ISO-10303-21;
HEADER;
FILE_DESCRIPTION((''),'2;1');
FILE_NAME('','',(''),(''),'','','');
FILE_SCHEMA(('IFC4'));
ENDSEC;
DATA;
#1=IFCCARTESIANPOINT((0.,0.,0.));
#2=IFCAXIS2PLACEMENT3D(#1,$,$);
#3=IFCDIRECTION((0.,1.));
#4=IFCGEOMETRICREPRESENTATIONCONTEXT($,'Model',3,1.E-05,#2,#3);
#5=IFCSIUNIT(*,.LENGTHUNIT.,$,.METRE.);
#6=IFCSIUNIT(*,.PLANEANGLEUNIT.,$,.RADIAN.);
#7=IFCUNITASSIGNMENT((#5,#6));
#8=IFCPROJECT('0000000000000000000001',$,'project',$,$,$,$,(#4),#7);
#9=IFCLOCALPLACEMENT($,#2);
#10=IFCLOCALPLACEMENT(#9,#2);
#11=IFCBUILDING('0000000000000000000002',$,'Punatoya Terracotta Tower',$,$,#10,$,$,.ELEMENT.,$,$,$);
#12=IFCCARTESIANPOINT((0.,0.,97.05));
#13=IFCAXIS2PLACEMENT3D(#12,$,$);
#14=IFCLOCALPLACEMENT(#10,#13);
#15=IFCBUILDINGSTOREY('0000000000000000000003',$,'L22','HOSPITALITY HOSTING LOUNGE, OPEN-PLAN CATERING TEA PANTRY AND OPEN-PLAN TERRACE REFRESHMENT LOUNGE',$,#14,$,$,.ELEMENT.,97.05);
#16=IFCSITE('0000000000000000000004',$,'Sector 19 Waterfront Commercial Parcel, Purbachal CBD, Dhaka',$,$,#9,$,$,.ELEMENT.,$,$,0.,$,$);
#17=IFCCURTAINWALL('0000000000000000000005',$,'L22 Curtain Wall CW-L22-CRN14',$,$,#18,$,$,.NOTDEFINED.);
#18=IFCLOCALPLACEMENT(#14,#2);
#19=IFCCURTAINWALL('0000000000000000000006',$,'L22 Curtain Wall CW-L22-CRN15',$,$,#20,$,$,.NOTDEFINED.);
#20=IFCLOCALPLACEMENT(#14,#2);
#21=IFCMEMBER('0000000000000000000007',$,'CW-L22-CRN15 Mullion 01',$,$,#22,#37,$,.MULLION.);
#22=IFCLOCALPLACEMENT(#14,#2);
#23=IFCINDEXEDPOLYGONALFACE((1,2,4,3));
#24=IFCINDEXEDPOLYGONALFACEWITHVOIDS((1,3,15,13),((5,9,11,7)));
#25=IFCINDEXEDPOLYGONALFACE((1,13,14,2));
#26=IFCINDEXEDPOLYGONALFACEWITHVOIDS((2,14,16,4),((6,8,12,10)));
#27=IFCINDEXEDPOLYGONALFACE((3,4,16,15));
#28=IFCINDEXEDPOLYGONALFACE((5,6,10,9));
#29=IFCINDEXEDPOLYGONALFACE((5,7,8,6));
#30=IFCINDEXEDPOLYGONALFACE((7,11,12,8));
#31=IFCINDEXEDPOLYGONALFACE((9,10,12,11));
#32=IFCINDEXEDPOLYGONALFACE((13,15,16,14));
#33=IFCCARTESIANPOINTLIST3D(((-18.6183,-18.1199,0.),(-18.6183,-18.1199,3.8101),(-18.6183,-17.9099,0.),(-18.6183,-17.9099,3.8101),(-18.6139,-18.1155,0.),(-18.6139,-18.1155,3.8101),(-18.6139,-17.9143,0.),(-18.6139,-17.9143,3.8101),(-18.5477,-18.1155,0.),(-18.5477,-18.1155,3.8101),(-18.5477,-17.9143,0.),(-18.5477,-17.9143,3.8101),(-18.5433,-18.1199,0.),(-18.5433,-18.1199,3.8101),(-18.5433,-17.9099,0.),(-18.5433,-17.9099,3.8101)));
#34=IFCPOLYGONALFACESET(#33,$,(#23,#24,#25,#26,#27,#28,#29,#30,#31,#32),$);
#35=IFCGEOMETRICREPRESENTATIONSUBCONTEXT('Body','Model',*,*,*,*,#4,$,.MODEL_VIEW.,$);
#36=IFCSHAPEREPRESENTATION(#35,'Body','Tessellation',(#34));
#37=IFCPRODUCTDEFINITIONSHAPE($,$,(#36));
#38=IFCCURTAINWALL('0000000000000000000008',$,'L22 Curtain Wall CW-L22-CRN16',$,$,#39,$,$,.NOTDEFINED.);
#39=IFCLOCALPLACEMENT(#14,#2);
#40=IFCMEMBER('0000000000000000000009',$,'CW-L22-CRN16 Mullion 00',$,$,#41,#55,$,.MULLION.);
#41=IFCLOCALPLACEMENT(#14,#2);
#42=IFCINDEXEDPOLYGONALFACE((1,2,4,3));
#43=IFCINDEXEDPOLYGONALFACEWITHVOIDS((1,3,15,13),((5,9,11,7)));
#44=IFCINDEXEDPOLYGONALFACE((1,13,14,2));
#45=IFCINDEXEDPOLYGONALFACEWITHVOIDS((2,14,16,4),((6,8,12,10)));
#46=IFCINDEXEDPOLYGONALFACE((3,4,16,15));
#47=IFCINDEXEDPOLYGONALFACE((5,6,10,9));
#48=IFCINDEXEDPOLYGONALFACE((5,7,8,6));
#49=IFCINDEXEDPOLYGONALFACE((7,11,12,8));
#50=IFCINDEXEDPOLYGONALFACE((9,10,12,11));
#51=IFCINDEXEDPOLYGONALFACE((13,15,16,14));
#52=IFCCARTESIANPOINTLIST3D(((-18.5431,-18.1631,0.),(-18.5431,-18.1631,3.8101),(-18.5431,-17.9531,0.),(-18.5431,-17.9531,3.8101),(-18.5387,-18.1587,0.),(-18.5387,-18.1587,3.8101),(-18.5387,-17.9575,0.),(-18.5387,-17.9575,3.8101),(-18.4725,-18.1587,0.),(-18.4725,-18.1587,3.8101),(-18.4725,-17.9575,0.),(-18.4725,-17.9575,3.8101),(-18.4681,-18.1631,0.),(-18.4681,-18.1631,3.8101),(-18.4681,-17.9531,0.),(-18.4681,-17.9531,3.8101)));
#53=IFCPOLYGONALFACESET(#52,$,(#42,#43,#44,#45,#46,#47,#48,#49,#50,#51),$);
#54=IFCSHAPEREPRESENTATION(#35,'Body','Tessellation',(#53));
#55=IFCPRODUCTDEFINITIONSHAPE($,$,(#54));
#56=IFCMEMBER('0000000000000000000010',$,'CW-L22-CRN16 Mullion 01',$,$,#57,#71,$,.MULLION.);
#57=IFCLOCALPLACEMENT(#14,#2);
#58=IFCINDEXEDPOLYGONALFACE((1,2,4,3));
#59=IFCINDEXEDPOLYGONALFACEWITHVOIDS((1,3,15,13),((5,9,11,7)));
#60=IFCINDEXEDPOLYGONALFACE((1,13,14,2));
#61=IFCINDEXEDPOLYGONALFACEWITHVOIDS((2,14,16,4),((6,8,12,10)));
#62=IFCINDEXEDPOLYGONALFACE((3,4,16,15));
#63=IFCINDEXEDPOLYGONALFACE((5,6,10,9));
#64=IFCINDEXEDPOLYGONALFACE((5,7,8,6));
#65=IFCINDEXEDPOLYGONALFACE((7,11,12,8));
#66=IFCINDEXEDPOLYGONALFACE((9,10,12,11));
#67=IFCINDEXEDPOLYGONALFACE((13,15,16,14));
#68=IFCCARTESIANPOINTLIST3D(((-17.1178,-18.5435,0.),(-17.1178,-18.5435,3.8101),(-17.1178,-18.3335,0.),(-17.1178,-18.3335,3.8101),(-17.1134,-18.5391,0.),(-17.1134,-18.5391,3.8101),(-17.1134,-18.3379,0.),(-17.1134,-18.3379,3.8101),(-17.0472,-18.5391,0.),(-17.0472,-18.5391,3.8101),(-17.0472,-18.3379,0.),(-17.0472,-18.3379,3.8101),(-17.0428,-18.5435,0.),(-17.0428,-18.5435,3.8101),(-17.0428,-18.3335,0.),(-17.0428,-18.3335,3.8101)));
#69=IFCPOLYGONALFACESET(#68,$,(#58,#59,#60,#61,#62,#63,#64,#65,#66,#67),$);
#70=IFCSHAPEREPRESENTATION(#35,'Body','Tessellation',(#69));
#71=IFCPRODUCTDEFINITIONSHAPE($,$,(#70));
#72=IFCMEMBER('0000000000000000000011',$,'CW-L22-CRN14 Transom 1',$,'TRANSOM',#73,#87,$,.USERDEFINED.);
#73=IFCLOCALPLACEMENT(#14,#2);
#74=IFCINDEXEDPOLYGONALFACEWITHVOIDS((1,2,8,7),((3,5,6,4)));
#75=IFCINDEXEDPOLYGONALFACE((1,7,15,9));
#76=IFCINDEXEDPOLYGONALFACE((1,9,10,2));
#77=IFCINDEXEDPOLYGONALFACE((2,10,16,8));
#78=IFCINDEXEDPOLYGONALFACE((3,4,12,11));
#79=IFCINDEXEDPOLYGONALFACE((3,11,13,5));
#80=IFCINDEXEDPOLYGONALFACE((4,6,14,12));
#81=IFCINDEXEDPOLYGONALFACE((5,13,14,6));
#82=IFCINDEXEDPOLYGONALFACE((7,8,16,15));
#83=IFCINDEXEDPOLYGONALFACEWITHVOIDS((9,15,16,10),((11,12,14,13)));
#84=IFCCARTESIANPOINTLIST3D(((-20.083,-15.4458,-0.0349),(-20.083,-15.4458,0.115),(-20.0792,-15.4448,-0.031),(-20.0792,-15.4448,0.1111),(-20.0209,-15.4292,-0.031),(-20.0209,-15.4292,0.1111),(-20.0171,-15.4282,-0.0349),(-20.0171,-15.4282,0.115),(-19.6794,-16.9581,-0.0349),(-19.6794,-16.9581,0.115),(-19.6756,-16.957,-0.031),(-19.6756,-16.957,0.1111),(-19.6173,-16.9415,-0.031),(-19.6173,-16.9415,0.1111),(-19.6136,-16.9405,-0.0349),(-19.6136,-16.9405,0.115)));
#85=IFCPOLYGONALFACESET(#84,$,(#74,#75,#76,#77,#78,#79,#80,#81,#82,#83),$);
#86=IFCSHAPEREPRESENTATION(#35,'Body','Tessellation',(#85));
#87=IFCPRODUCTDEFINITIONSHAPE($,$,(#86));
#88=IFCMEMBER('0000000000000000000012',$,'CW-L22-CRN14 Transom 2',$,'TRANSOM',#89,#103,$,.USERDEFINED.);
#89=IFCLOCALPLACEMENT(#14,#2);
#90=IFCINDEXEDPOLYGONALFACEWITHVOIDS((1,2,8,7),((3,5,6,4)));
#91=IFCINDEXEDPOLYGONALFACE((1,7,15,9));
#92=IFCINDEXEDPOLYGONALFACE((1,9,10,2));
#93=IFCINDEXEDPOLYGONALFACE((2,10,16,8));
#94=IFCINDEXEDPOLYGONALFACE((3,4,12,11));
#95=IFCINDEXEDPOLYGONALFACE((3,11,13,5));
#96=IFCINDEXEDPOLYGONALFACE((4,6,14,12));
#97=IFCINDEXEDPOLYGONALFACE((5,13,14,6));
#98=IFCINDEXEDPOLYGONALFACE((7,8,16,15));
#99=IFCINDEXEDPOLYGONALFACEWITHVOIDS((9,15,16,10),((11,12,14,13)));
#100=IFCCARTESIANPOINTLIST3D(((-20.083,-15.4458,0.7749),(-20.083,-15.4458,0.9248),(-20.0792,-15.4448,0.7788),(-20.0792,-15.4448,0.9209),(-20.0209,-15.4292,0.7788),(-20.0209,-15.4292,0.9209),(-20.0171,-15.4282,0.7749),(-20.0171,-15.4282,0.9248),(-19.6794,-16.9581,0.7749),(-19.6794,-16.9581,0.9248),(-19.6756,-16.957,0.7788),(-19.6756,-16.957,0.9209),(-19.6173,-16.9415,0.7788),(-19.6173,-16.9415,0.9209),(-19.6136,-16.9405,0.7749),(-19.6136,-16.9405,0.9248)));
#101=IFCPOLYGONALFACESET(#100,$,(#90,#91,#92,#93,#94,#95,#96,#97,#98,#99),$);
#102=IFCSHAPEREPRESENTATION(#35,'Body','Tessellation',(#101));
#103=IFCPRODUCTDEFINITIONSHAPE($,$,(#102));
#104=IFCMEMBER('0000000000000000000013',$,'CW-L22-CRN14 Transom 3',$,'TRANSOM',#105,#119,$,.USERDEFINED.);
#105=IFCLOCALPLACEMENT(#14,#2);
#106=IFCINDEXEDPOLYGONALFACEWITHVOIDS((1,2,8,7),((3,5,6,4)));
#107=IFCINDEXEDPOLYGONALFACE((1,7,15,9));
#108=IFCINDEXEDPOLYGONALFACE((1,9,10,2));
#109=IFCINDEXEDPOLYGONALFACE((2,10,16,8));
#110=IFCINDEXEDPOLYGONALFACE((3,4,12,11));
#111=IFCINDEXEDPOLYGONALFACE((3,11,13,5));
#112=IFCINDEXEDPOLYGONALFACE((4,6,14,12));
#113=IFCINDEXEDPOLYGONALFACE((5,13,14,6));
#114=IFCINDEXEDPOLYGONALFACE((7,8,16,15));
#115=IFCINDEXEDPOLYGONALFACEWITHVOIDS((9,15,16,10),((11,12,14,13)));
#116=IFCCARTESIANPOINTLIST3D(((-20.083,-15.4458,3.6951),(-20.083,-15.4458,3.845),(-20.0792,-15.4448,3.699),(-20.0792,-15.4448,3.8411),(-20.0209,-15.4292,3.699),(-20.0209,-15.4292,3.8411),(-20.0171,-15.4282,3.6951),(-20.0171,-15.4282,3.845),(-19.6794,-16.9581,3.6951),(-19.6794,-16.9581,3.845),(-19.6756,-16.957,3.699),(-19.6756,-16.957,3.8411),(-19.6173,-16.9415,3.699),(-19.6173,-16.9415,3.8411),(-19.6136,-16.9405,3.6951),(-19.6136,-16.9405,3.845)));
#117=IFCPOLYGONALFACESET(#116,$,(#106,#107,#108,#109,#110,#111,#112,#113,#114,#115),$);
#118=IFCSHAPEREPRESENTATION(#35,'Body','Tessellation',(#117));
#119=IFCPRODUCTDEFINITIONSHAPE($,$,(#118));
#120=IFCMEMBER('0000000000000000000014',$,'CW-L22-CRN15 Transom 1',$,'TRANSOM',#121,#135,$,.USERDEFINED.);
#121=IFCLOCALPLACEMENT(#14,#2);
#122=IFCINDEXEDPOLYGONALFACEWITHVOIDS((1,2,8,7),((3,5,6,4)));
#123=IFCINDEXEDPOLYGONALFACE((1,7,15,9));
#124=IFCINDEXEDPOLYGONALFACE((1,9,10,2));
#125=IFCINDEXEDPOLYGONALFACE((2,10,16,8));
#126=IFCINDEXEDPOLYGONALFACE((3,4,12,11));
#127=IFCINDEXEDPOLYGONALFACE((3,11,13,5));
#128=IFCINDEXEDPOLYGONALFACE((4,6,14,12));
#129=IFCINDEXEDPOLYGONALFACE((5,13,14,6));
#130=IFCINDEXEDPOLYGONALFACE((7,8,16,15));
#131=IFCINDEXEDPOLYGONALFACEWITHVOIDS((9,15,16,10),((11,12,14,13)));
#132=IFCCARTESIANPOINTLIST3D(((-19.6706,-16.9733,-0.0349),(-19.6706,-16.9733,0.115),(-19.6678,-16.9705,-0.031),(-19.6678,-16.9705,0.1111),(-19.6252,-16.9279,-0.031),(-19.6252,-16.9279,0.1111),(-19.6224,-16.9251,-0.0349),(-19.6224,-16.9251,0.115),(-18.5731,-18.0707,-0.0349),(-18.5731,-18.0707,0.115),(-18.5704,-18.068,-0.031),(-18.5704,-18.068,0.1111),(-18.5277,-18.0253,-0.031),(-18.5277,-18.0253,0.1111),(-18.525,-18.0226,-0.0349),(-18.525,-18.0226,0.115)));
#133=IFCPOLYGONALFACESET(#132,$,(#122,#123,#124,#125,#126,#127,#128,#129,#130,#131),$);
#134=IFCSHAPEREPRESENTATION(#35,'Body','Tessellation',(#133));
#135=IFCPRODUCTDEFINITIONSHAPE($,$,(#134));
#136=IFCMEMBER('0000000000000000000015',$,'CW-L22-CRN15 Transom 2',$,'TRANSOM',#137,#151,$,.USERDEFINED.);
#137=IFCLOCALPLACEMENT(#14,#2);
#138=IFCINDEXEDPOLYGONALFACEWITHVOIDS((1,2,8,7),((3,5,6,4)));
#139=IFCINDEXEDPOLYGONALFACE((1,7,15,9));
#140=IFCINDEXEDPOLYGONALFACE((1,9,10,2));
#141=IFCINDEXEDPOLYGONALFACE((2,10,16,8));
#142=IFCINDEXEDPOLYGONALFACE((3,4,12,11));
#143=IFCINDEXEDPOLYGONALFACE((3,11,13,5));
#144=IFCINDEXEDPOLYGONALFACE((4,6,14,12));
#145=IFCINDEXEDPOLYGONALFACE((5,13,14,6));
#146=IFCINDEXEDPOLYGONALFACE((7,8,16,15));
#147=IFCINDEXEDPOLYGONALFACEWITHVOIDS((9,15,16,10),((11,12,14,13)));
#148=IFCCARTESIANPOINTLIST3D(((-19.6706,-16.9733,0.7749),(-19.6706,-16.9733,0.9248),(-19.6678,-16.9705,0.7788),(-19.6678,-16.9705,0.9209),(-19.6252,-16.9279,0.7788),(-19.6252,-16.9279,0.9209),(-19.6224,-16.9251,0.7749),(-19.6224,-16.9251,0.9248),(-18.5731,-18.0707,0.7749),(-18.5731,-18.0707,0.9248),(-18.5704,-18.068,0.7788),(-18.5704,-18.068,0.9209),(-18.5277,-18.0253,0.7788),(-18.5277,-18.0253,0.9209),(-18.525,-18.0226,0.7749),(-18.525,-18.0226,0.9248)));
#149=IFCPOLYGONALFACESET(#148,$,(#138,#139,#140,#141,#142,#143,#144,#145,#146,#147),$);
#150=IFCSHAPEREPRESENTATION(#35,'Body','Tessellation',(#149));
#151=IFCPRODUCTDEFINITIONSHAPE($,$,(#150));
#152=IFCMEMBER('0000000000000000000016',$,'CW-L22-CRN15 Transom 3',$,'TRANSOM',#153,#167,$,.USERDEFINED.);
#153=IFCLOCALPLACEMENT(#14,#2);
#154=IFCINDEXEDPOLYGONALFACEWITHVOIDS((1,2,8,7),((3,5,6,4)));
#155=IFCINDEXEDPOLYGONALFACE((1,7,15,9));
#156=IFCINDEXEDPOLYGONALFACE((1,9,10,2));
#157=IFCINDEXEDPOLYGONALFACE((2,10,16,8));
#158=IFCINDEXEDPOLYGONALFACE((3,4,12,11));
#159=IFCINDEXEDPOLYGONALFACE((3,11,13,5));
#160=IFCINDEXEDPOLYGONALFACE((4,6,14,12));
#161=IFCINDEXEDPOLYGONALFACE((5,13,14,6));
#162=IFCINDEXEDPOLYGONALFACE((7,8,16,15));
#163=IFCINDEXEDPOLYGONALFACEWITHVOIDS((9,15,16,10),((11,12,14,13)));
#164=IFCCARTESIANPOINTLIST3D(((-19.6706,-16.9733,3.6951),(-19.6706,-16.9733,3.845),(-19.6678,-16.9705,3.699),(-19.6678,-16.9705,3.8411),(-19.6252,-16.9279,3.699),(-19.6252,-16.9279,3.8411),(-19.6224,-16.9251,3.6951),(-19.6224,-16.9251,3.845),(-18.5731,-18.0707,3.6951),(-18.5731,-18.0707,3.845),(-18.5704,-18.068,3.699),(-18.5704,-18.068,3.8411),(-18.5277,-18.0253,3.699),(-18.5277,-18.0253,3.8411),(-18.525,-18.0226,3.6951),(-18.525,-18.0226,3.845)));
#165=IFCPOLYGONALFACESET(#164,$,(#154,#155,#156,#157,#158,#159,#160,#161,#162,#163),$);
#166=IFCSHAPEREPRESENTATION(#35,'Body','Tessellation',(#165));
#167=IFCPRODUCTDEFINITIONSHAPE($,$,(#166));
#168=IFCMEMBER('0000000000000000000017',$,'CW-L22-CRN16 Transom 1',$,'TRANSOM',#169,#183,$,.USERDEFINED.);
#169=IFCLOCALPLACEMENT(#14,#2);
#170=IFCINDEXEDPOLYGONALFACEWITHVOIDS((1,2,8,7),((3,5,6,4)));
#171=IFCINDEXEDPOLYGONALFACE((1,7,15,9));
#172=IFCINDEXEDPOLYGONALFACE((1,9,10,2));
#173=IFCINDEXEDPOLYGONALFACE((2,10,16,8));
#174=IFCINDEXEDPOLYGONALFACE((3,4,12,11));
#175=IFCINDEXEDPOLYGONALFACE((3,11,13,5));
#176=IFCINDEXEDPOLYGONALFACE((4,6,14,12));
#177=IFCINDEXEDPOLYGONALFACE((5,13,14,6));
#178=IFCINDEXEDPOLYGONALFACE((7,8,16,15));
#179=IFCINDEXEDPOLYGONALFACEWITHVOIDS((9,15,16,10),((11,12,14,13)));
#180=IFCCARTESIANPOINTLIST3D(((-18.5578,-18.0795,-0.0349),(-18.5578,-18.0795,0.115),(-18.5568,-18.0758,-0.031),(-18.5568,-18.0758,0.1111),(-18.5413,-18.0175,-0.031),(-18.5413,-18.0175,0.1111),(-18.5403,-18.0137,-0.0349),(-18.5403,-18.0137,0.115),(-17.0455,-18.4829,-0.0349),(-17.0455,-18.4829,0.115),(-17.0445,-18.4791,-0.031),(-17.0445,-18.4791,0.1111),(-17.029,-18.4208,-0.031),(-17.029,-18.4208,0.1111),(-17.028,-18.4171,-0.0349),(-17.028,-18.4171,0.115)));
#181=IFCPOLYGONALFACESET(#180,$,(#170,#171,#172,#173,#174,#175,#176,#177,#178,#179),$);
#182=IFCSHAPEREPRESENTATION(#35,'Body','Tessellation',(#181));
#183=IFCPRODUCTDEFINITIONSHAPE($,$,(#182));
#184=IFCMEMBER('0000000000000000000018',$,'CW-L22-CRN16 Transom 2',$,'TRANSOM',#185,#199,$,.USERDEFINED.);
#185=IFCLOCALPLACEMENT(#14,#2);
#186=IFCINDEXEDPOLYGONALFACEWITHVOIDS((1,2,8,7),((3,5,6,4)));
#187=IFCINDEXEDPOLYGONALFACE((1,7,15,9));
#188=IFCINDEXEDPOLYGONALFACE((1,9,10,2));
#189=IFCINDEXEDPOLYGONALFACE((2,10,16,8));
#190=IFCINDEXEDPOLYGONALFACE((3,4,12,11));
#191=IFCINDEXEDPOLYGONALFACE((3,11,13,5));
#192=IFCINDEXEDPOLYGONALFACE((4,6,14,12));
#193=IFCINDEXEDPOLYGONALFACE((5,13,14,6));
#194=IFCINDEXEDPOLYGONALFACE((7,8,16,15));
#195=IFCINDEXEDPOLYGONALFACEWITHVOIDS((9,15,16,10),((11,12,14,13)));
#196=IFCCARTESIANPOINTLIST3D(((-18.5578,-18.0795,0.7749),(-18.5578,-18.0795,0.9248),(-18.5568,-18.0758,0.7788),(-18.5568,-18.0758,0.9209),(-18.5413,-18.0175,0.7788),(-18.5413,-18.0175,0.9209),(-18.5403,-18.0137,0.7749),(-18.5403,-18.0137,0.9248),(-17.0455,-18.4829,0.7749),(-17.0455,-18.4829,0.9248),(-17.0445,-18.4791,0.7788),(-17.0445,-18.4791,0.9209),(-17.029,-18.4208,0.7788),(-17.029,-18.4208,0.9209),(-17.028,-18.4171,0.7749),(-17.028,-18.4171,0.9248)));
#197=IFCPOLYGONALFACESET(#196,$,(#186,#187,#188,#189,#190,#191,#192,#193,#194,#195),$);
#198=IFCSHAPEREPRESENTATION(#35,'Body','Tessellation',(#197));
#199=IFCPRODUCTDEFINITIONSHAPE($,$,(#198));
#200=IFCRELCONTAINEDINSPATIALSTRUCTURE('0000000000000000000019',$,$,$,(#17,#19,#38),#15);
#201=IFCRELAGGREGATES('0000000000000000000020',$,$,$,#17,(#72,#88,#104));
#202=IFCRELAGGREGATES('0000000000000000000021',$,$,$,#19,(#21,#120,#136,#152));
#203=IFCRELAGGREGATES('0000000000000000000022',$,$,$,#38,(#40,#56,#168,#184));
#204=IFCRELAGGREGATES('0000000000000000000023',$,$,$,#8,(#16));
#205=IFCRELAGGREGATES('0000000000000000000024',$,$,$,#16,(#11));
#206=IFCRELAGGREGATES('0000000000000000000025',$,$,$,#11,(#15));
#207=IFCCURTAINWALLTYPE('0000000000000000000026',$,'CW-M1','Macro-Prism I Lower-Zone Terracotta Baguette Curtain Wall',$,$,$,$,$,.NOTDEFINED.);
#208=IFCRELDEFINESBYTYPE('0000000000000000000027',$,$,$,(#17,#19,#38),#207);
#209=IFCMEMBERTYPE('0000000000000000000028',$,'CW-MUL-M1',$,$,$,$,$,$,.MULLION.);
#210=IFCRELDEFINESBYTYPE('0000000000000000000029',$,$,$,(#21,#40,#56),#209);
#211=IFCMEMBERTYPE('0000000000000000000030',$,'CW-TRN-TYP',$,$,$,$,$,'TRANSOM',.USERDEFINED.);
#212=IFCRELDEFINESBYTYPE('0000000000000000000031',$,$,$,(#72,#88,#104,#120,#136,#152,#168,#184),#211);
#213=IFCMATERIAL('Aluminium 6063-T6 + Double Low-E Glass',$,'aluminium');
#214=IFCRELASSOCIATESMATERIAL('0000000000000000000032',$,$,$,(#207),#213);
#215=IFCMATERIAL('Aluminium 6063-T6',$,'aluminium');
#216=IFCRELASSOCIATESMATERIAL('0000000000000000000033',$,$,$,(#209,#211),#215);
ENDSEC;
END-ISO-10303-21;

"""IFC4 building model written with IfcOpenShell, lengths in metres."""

from ifc_helpers import new_model, si_unit, direction, frame, origin, origin_2d, place, context, subcontext, project, spatial, hollow_rectangle, extrude, material, material_profile, profile_set, type_object, element, aggregate, save


model = new_model("IFC4")

# Units and contexts
model_context = context("Model", 3, precision=1e-05, world=origin(), true_north=direction((0.0, 1.0)))
body_context = subcontext(model_context, "Body", "Model", "MODEL_VIEW")
ifc_project = project(units=[si_unit("LENGTHUNIT", "METRE"), si_unit("PLANEANGLEUNIT", "RADIAN")], contexts=[model_context])

# Site, building, storey
site_placement = place(None, origin())
site = spatial("IfcSite", under=ifc_project, at=site_placement, Name="Sector 19 Waterfront Commercial Parcel, Purbachal CBD, Dhaka", CompositionType="ELEMENT", RefElevation=0.0)
building_placement = place(site_placement, origin())
building = spatial("IfcBuilding", under=site, at=building_placement, Name="Punatoya Terracotta Tower", CompositionType="ELEMENT")
storey_placement = place(building_placement, frame((0.0, 0.0, 97.05)))
storey = spatial("IfcBuildingStorey", under=building, at=storey_placement, Name="L22", Description="HOSPITALITY HOSTING LOUNGE, OPEN-PLAN CATERING TEA PANTRY AND OPEN-PLAN TERRACE REFRESHMENT LOUNGE", CompositionType="ELEMENT", Elevation=97.05)

# Shared definitions
ifc_material_1 = material(Name="Aluminium 6063-T6 + Double Low-E Glass", Category="aluminium")
curtain_wall_type = type_object("IfcCurtainWallType", Name="CW-M1", Description="Macro-Prism I Lower-Zone Terracotta Baguette Curtain Wall", PredefinedType="NOTDEFINED", material=ifc_material_1)
ifc_material_2 = material(Name="Aluminium 6063-T6", Category="aluminium")
ifc_material_profile_1 = material_profile(ifc_material_2, hollow_rectangle(XDim=0.075, YDim=0.21, WallThickness=0.0044, at=origin_2d()))
ifc_profile_set_1 = profile_set([ifc_material_profile_1], Name="Aluminium 6063-T6")
member_type_1 = type_object("IfcMemberType", Name="CW-MUL-M1", PredefinedType="MULLION", material=ifc_profile_set_1)

# Curtain walls, members
curtain_wall_1_placement = place(storey_placement, origin())
curtain_wall_1 = element("IfcCurtainWall", 1, at=curtain_wall_1_placement, inside=storey, type_object=curtain_wall_type, Name="L22 Curtain Wall CW-L22-CRN14", PredefinedType="NOTDEFINED")
curtain_wall_2_placement = place(storey_placement, origin())
curtain_wall_2 = element("IfcCurtainWall", 2, at=curtain_wall_2_placement, inside=storey, type_object=curtain_wall_type, Name="L22 Curtain Wall CW-L22-CRN15", PredefinedType="NOTDEFINED")
member_1_placement = place(storey_placement, frame((-18.5808, -18.0149, 0.0), z_axis=(0.0, 0.0, 1.0), x_axis=(1.0, 0.0, 0.0)))
member_1 = element("IfcMember", 3, at=member_1_placement, type_object=member_type_1, Name="CW-L22-CRN15 Mullion 01", PredefinedType="MULLION", context=body_context, shape_type="SweptSolid", body=[
    extrude(hollow_rectangle(XDim=0.075, YDim=0.21, WallThickness=0.0044, at=origin_2d()), origin(), (0.0, 0.0, 1.0), 3.8101),
])
curtain_wall_3_placement = place(storey_placement, origin())
curtain_wall_3 = element("IfcCurtainWall", 4, at=curtain_wall_3_placement, inside=storey, type_object=curtain_wall_type, Name="L22 Curtain Wall CW-L22-CRN16", PredefinedType="NOTDEFINED")
member_2_placement = place(storey_placement, frame((-18.5056, -18.0581, 0.0), z_axis=(0.0, 0.0, 1.0), x_axis=(1.0, 0.0, 0.0)))
member_2 = element("IfcMember", 5, at=member_2_placement, type_object=member_type_1, Name="CW-L22-CRN16 Mullion 00", PredefinedType="MULLION", context=body_context, shape_type="SweptSolid", body=[
    extrude(hollow_rectangle(XDim=0.075, YDim=0.21, WallThickness=0.0044, at=origin_2d()), origin(), (0.0, 0.0, 1.0), 3.8101),
])
member_3_placement = place(storey_placement, frame((-17.0803, -18.4385, 0.0), z_axis=(0.0, 0.0, 1.0), x_axis=(1.0, 0.0, 0.0)))
member_3 = element("IfcMember", 6, at=member_3_placement, type_object=member_type_1, Name="CW-L22-CRN16 Mullion 01", PredefinedType="MULLION", context=body_context, shape_type="SweptSolid", body=[
    extrude(hollow_rectangle(XDim=0.075, YDim=0.21, WallThickness=0.0044, at=origin_2d()), origin(), (0.0, 0.0, 1.0), 3.8101),
])

# Members
ifc_material_profile_2 = material_profile(ifc_material_2, hollow_rectangle(XDim=0.0681, YDim=0.1499, WallThickness=0.0039, at=origin_2d()))
ifc_profile_set_2 = profile_set([ifc_material_profile_2], Name="Aluminium 6063-T6")
member_type_2 = type_object("IfcMemberType", Name="CW-TRN-TYP", ElementType="TRANSOM", PredefinedType="USERDEFINED", material=ifc_profile_set_2)
member_4_placement = place(storey_placement, frame((-20.05, -15.437, 0.04), z_axis=(0.257847, -0.966186, 0.0), x_axis=(0.966186, 0.257847, 0.0)))
member_4 = element("IfcMember", 7, at=member_4_placement, type_object=member_type_2, Name="CW-L22-CRN14 Transom 1", ObjectType="TRANSOM", PredefinedType="USERDEFINED", context=body_context, shape_type="SweptSolid", body=[
    extrude(hollow_rectangle(XDim=0.0681, YDim=0.1499, WallThickness=0.0039, at=origin_2d()), origin(), (0.0, 0.0, 1.0), 1.5652),
])
member_5_placement = place(storey_placement, frame((-20.05, -15.437, 0.8499), z_axis=(0.257847, -0.966186, 0.0), x_axis=(0.966186, 0.257847, 0.0)))
member_5 = element("IfcMember", 8, at=member_5_placement, type_object=member_type_2, Name="CW-L22-CRN14 Transom 2", ObjectType="TRANSOM", PredefinedType="USERDEFINED", context=body_context, shape_type="SweptSolid", body=[
    extrude(hollow_rectangle(XDim=0.0681, YDim=0.1499, WallThickness=0.0039, at=origin_2d()), origin(), (0.0, 0.0, 1.0), 1.5652),
])
member_6_placement = place(storey_placement, frame((-20.05, -15.437, 3.77), z_axis=(0.257847, -0.966186, 0.0), x_axis=(0.966186, 0.257847, 0.0)))
member_6 = element("IfcMember", 9, at=member_6_placement, type_object=member_type_2, Name="CW-L22-CRN14 Transom 3", ObjectType="TRANSOM", PredefinedType="USERDEFINED", context=body_context, shape_type="SweptSolid", body=[
    extrude(hollow_rectangle(XDim=0.0681, YDim=0.1499, WallThickness=0.0039, at=origin_2d()), origin(), (0.0, 0.0, 1.0), 1.5652),
])
member_7_placement = place(storey_placement, frame((-19.6465, -16.9492, 0.04), z_axis=(0.707107, -0.707107, 0.0), x_axis=(0.707107, 0.707107, 0.0)))
member_7 = element("IfcMember", 10, at=member_7_placement, type_object=member_type_2, Name="CW-L22-CRN15 Transom 1", ObjectType="TRANSOM", PredefinedType="USERDEFINED", context=body_context, shape_type="SweptSolid", body=[
    extrude(hollow_rectangle(XDim=0.0681, YDim=0.1499, WallThickness=0.0039, at=origin_2d()), origin(), (0.0, 0.0, 1.0), 1.552),
])
member_8_placement = place(storey_placement, frame((-19.6465, -16.9492, 0.8499), z_axis=(0.707107, -0.707107, 0.0), x_axis=(0.707107, 0.707107, 0.0)))
member_8 = element("IfcMember", 11, at=member_8_placement, type_object=member_type_2, Name="CW-L22-CRN15 Transom 2", ObjectType="TRANSOM", PredefinedType="USERDEFINED", context=body_context, shape_type="SweptSolid", body=[
    extrude(hollow_rectangle(XDim=0.0681, YDim=0.1499, WallThickness=0.0039, at=origin_2d()), origin(), (0.0, 0.0, 1.0), 1.552),
])
member_9_placement = place(storey_placement, frame((-19.6465, -16.9492, 3.77), z_axis=(0.707107, -0.707107, 0.0), x_axis=(0.707107, 0.707107, 0.0)))
member_9 = element("IfcMember", 12, at=member_9_placement, type_object=member_type_2, Name="CW-L22-CRN15 Transom 3", ObjectType="TRANSOM", PredefinedType="USERDEFINED", context=body_context, shape_type="SweptSolid", body=[
    extrude(hollow_rectangle(XDim=0.0681, YDim=0.1499, WallThickness=0.0039, at=origin_2d()), origin(), (0.0, 0.0, 1.0), 1.552),
])
member_10_placement = place(storey_placement, frame((-18.5491, -18.0466, 0.04), z_axis=(0.966225, -0.257701, 0.0), x_axis=(0.257701, 0.966225, 0.0)))
member_10 = element("IfcMember", 13, at=member_10_placement, type_object=member_type_2, Name="CW-L22-CRN16 Transom 1", ObjectType="TRANSOM", PredefinedType="USERDEFINED", context=body_context, shape_type="SweptSolid", body=[
    extrude(hollow_rectangle(XDim=0.0681, YDim=0.1499, WallThickness=0.0039, at=origin_2d()), origin(), (0.0, 0.0, 1.0), 1.5652),
])
member_11_placement = place(storey_placement, frame((-18.5491, -18.0466, 0.8499), z_axis=(0.966225, -0.257701, 0.0), x_axis=(0.257701, 0.966225, 0.0)))
member_11 = element("IfcMember", 14, at=member_11_placement, type_object=member_type_2, Name="CW-L22-CRN16 Transom 2", ObjectType="TRANSOM", PredefinedType="USERDEFINED", context=body_context, shape_type="SweptSolid", body=[
    extrude(hollow_rectangle(XDim=0.0681, YDim=0.1499, WallThickness=0.0039, at=origin_2d()), origin(), (0.0, 0.0, 1.0), 1.5652),
])

aggregate(curtain_wall_1, [member_4, member_5, member_6])
aggregate(curtain_wall_2, [member_1, member_7, member_8, member_9])
aggregate(curtain_wall_3, [member_2, member_3, member_10, member_11])

save(model, "model.ifc")
